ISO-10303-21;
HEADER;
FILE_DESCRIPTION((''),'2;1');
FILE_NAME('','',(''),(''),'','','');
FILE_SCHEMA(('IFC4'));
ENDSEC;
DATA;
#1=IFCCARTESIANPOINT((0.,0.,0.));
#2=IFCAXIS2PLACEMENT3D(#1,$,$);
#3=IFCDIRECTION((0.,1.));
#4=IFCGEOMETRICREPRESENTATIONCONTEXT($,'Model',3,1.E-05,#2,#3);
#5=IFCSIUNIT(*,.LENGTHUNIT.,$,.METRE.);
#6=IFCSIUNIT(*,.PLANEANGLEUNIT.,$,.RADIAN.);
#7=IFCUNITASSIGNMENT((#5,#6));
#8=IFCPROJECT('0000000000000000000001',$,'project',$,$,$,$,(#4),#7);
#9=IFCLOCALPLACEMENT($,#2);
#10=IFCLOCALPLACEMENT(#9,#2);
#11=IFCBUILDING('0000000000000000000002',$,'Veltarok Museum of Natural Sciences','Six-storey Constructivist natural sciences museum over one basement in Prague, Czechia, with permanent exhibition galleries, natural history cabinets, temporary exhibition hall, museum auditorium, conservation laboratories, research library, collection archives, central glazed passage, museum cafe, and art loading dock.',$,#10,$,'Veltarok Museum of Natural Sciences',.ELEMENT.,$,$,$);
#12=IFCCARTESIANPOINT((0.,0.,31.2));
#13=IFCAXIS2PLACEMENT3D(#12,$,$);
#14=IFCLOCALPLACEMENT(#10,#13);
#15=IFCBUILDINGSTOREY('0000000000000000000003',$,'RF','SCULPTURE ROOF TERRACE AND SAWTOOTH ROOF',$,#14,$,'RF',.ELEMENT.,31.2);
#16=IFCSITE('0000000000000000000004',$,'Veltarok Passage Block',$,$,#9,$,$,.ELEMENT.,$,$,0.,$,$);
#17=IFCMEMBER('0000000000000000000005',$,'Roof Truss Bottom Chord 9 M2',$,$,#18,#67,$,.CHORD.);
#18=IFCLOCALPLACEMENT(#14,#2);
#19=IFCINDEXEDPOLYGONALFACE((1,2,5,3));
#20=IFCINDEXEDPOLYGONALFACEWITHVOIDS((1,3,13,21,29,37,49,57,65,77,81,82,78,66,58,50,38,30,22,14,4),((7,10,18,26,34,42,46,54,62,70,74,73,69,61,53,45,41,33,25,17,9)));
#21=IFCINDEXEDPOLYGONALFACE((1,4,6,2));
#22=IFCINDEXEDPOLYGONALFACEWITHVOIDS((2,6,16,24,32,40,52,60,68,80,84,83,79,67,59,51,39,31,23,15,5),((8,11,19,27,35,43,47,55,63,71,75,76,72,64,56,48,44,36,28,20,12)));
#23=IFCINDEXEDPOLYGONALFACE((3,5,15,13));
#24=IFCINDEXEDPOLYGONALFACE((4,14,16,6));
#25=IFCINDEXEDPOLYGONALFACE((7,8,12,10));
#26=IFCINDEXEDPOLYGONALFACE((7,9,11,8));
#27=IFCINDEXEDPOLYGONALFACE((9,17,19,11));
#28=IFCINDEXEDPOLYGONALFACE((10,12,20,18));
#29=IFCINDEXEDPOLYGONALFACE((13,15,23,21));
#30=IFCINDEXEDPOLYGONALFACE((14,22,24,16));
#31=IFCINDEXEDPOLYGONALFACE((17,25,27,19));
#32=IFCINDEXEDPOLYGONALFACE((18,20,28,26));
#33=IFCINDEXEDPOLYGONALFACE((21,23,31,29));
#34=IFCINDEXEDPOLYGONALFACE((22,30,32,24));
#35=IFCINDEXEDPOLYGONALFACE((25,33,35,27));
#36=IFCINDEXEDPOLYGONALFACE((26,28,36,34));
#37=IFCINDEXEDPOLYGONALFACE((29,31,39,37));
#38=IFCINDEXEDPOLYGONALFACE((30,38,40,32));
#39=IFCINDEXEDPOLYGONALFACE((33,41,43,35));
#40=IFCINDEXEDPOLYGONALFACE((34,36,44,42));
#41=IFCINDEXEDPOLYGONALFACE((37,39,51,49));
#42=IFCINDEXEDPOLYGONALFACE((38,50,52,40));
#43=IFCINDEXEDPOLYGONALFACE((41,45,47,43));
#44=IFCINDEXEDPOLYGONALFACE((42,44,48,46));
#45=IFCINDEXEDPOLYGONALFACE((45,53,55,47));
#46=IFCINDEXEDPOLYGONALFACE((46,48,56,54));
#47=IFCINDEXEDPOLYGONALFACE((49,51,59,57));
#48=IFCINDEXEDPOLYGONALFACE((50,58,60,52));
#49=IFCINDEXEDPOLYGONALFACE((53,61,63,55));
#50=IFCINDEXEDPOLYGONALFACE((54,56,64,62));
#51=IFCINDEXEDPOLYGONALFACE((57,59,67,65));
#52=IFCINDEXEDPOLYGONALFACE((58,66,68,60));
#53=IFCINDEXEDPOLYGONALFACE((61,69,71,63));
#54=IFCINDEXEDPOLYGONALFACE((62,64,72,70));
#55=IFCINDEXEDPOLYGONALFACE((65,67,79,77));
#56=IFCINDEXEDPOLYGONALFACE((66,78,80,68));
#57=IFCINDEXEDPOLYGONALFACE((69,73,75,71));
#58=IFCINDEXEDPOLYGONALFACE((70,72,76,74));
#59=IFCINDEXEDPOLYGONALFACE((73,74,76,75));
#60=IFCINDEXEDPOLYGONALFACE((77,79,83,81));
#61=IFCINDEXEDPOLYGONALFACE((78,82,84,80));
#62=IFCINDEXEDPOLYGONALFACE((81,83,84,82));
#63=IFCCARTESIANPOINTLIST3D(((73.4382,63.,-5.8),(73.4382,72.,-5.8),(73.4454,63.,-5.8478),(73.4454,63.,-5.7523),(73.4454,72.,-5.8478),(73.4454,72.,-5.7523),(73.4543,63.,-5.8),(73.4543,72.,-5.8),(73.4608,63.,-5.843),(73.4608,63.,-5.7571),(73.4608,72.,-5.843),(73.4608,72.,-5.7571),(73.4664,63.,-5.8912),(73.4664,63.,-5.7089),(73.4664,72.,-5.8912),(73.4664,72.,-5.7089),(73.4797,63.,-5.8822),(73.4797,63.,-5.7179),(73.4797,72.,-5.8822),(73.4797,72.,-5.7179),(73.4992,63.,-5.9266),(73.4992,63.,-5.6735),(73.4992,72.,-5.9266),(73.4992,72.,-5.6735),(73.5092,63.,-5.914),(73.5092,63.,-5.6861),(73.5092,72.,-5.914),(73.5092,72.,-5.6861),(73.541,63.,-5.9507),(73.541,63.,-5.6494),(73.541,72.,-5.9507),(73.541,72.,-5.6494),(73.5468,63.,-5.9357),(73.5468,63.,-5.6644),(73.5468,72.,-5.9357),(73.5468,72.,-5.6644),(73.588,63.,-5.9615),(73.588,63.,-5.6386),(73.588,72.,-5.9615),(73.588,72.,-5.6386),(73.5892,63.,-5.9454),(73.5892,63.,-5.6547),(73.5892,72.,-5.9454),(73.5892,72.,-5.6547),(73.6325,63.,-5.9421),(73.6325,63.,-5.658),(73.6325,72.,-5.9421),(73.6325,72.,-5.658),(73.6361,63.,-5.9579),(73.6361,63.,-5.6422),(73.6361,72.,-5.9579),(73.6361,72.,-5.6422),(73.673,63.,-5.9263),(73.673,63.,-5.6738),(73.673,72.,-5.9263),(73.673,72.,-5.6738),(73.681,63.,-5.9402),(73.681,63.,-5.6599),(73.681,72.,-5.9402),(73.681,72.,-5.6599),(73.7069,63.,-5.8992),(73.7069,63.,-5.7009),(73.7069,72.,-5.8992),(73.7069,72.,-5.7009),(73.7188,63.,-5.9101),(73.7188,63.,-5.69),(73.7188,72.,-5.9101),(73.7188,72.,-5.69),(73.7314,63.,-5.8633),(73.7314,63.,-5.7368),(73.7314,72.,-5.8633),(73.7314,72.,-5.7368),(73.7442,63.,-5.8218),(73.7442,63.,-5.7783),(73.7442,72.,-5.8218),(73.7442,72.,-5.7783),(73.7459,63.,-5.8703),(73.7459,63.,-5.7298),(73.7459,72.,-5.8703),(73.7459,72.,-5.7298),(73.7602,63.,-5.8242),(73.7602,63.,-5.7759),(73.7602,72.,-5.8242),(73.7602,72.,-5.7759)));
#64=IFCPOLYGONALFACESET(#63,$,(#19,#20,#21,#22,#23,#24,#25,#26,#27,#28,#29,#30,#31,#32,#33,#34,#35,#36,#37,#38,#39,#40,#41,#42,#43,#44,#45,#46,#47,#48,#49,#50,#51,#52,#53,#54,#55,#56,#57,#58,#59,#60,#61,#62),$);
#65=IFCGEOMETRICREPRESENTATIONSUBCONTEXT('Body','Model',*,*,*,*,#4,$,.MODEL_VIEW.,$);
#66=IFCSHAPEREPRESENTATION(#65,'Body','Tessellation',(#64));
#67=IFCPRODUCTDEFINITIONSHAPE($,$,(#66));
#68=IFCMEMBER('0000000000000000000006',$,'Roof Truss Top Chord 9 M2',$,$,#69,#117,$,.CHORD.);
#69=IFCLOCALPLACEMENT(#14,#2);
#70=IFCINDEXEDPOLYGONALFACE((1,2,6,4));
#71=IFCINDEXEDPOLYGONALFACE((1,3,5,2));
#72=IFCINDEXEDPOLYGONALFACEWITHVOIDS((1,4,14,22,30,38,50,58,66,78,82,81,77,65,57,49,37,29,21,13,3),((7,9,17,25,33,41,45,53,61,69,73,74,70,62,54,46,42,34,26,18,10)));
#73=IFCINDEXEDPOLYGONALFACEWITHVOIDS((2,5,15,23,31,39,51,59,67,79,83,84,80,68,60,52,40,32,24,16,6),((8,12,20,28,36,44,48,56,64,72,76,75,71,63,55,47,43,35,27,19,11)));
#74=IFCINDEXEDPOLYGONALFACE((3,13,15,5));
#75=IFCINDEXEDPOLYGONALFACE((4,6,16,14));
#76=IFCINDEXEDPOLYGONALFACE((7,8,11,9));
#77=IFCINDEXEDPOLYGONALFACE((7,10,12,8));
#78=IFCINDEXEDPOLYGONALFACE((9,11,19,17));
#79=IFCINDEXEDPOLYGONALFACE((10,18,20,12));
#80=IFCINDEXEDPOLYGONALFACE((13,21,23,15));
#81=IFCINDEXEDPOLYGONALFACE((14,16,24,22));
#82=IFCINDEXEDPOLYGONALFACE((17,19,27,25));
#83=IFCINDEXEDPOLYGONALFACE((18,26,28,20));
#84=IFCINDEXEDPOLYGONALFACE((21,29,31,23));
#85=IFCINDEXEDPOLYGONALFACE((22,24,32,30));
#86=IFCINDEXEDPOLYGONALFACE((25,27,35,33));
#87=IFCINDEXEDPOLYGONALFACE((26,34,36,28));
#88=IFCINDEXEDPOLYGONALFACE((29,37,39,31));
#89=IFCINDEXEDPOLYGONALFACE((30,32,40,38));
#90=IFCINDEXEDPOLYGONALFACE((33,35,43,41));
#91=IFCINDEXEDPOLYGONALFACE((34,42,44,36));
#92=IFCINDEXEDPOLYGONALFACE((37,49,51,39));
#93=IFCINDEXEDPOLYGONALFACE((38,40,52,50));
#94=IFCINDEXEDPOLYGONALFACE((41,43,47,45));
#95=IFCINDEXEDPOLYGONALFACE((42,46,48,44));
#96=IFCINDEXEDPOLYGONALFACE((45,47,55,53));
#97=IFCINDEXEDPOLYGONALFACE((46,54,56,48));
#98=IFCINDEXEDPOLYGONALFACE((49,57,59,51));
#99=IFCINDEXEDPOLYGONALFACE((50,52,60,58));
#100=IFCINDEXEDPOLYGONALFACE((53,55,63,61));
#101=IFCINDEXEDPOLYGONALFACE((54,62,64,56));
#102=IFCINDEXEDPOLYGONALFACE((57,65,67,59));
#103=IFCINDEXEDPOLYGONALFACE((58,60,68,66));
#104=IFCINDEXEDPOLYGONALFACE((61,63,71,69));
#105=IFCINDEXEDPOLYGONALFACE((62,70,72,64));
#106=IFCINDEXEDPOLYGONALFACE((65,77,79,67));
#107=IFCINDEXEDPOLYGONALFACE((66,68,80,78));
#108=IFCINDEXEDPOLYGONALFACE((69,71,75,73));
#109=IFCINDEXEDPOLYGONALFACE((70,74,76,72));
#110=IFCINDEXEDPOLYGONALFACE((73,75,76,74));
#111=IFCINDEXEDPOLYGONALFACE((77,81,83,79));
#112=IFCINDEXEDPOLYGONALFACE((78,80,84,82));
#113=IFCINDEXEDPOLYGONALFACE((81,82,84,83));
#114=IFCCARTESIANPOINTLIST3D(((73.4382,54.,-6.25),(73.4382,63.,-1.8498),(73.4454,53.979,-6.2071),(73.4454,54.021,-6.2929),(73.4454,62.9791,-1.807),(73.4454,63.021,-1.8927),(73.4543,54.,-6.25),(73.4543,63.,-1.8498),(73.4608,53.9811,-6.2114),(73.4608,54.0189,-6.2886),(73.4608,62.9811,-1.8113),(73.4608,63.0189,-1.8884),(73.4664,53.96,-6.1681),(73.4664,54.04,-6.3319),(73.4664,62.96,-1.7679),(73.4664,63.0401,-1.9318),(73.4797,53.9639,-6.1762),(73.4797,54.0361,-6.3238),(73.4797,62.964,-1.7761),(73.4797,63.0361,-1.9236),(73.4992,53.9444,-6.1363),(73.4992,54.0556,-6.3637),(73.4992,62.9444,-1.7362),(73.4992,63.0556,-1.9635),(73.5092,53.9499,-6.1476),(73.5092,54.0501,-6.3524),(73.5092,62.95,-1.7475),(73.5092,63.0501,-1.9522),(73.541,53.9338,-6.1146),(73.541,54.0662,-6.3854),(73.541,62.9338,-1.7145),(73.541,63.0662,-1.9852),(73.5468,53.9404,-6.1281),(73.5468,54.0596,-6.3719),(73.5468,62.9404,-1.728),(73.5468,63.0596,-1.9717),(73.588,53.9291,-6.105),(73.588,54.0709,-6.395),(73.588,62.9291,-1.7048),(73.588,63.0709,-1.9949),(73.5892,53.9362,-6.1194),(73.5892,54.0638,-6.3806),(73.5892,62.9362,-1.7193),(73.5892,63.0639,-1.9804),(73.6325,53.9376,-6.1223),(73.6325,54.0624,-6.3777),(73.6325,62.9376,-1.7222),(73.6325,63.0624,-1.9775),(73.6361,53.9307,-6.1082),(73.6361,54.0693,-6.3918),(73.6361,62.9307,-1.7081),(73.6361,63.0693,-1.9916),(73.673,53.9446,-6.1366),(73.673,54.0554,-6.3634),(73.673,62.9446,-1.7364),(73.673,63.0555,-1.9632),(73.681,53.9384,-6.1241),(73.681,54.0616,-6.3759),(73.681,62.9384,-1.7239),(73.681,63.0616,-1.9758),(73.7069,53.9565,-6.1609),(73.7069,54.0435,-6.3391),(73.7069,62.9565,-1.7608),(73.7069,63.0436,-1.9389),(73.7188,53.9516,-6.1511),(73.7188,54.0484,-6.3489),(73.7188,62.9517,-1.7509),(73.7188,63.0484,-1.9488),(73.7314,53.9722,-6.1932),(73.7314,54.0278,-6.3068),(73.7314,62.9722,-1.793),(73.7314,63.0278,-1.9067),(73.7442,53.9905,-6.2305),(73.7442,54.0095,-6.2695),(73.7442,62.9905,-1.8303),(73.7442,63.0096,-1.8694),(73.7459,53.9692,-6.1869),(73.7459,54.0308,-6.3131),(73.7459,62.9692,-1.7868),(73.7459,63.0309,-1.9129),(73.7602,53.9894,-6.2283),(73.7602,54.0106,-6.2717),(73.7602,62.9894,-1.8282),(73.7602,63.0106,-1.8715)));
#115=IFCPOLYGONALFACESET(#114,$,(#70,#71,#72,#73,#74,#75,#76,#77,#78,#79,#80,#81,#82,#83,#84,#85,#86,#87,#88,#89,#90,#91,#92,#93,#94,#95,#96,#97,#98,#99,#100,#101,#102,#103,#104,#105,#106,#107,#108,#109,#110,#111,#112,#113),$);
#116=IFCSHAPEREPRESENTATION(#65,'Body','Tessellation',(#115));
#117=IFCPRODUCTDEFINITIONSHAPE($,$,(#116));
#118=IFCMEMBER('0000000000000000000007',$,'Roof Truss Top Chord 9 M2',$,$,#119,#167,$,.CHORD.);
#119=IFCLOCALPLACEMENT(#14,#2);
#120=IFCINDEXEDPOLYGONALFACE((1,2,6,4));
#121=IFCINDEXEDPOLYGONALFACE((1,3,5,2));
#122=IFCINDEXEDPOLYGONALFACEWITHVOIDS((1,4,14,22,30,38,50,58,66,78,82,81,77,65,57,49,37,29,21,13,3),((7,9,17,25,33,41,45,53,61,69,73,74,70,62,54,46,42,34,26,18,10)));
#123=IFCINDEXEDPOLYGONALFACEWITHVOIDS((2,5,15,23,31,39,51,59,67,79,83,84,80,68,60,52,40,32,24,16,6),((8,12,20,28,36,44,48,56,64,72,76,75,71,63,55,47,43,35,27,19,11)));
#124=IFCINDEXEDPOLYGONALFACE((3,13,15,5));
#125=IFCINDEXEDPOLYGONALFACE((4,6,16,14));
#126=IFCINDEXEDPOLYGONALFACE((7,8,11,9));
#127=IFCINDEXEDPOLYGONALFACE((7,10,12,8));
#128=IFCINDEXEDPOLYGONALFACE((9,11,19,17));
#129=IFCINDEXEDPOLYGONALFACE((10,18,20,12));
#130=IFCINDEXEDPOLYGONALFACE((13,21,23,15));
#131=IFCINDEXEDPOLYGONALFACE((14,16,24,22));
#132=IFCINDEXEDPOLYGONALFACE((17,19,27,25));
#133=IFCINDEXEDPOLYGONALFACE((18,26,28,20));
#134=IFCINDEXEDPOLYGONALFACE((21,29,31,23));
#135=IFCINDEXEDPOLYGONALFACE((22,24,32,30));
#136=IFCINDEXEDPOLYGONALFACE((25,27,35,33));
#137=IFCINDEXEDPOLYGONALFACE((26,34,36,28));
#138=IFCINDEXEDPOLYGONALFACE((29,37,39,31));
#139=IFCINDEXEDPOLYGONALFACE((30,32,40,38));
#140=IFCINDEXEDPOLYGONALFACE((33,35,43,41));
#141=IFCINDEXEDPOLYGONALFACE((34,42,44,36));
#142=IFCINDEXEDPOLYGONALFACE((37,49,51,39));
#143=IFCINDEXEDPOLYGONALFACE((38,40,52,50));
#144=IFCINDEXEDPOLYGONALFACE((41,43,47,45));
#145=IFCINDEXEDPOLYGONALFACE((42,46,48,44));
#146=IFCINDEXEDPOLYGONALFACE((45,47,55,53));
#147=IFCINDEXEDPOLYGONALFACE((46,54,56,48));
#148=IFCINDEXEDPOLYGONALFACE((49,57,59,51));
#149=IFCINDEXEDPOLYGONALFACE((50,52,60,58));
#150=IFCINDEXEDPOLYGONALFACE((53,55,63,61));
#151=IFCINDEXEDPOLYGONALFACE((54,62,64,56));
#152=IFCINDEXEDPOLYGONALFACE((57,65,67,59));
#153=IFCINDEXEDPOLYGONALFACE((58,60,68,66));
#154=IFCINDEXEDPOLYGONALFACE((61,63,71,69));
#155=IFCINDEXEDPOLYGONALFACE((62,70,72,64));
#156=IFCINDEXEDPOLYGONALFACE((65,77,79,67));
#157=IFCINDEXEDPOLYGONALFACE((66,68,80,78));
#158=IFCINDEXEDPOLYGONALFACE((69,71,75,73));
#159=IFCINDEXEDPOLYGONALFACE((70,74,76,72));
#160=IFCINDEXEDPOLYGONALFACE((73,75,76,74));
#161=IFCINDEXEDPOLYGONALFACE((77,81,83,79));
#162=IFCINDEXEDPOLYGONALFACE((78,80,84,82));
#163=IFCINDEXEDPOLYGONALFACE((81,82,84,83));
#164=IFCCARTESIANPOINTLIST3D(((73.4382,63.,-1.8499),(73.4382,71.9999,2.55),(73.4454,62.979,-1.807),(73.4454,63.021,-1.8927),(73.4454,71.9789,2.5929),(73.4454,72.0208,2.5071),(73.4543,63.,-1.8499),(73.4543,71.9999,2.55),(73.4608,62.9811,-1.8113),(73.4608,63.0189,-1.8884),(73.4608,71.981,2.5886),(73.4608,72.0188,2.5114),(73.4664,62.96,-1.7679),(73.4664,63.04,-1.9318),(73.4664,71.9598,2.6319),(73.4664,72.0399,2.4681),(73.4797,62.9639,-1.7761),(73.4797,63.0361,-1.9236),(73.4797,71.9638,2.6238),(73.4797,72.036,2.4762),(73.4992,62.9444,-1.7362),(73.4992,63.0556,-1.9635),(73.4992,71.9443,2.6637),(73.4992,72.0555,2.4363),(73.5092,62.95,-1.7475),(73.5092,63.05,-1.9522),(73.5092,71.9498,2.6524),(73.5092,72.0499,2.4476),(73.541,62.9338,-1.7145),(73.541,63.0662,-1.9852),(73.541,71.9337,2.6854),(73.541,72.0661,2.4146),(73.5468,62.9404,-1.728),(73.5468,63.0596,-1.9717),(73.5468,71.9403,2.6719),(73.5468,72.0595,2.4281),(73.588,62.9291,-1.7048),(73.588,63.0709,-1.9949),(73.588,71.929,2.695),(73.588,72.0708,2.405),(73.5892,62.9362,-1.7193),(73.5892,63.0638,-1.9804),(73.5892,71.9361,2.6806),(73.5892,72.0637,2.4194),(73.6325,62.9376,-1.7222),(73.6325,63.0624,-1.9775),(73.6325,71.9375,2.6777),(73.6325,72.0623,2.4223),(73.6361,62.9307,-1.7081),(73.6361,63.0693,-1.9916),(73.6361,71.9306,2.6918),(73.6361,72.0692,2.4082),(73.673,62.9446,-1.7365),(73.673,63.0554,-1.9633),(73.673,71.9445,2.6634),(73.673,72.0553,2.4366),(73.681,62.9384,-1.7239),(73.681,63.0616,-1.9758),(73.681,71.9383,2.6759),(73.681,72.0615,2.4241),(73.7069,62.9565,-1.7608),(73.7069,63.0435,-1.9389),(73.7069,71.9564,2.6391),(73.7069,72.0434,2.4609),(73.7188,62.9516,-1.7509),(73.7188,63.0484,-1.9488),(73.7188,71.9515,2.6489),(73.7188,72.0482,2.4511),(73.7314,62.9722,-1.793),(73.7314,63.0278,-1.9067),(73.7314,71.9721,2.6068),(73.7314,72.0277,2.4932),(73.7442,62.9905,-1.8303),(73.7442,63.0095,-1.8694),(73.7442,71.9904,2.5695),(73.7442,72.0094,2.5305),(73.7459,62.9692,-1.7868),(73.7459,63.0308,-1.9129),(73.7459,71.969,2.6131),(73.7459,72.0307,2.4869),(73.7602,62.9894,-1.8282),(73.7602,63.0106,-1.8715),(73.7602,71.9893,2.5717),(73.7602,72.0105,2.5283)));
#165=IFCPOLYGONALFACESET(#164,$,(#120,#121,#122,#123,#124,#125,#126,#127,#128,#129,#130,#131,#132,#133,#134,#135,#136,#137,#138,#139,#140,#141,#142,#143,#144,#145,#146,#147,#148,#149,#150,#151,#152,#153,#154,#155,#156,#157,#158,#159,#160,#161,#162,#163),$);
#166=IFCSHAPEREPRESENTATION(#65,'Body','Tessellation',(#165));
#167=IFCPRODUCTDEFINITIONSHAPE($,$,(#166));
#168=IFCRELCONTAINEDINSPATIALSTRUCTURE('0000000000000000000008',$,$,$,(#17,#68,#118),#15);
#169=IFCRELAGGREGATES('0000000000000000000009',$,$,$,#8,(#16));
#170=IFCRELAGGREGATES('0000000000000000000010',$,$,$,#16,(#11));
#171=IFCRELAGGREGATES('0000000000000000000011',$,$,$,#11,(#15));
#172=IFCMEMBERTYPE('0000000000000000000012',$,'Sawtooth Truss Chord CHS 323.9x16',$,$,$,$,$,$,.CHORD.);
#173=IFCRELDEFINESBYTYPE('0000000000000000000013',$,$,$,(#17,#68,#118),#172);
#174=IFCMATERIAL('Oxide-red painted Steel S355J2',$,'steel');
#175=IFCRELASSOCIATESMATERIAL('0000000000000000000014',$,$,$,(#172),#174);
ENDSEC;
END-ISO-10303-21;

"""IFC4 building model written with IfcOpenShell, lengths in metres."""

from ifc_helpers import new_model, si_unit, direction, frame, origin, origin_2d, place, context, subcontext, project, spatial, hollow_circle, extrude, material, material_profile, profile_set, type_object, element, save


model = new_model("IFC4")

# Units and contexts
model_context = context("Model", 3, precision=1e-05, world=origin(), true_north=direction((0.0, 1.0)))
body_context = subcontext(model_context, "Body", "Model", "MODEL_VIEW")
ifc_project = project(units=[si_unit("LENGTHUNIT", "METRE"), si_unit("PLANEANGLEUNIT", "RADIAN")], contexts=[model_context])

# Site, building, storey
site_placement = place(None, origin())
site = spatial("IfcSite", under=ifc_project, at=site_placement, Name="Veltarok Passage Block", CompositionType="ELEMENT", RefElevation=0.0)
building_placement = place(site_placement, origin())
building = spatial("IfcBuilding", under=site, at=building_placement, Name="Veltarok Museum of Natural Sciences", Description="Six-storey Constructivist natural sciences museum over one basement in Prague, Czechia, with permanent exhibition galleries, natural history cabinets, temporary exhibition hall, museum auditorium, conservation laboratories, research library, collection archives, central glazed passage, museum cafe, and art loading dock.", LongName="Veltarok Museum of Natural Sciences", CompositionType="ELEMENT")
storey_placement = place(building_placement, frame((0.0, 0.0, 31.2)))
storey = spatial("IfcBuildingStorey", under=building, at=storey_placement, Name="RF", Description="SCULPTURE ROOF TERRACE AND SAWTOOTH ROOF", LongName="RF", CompositionType="ELEMENT", Elevation=31.2)

# Members
ifc_material_1 = material(Name="Oxide-red painted Steel S355J2", Category="steel")
ifc_material_profile_1 = material_profile(ifc_material_1, hollow_circle(Radius=0.1619, WallThickness=0.0161, at=origin_2d()), Name="CHS 323.9x16")
ifc_profile_set_1 = profile_set([ifc_material_profile_1], Name="Oxide-red painted Steel S355J2")
member_type_1 = type_object("IfcMemberType", Name="Sawtooth Truss Chord CHS 323.9x16", PredefinedType="CHORD", material=ifc_profile_set_1)
for number, where, z_axis, x_axis, name in (
    (1, (73.6001, 63.0, -5.8), (0.0, 1.0, 0.0), (-1.0, 0.0, 0.0), "Roof Truss Bottom Chord 9 M2"),
):
    element("IfcMember", number, at=place(storey_placement, frame(where, z_axis=z_axis, x_axis=x_axis)), inside=storey, type_object=member_type_1, Name=name, PredefinedType="CHORD", context=body_context, shape_type="SweptSolid", body=[
        extrude(hollow_circle(Radius=0.1619, WallThickness=0.0161, at=origin_2d()), origin(), (0.0, 0.0, 1.0), 9.0),
    ])
member_1_placement = place(storey_placement, frame((73.6001, 54.0, -6.25), z_axis=(0.0, 0.898379, 0.439222), x_axis=(-1.0, 0.0, 0.0)))
element("IfcMember", 2, at=member_1_placement, inside=storey, type_object=member_type_1, Name="Roof Truss Top Chord 9 M2", PredefinedType="CHORD", context=body_context, shape_type="SweptSolid", body=[
    extrude(hollow_circle(Radius=0.1619, WallThickness=0.0161, at=origin_2d()), origin(), (0.0, 0.0, 1.0), 10.0181),
])
member_2_placement = place(storey_placement, frame((73.6001, 63.0, -1.8499), z_axis=(0.0, 0.898388, 0.439202), x_axis=(-1.0, 0.0, 0.0)))
element("IfcMember", 3, at=member_2_placement, inside=storey, type_object=member_type_1, Name="Roof Truss Top Chord 9 M2", PredefinedType="CHORD", context=body_context, shape_type="SweptSolid", body=[
    extrude(hollow_circle(Radius=0.1619, WallThickness=0.0161, at=origin_2d()), origin(), (0.0, 0.0, 1.0), 10.0178),
])

save(model, "model.ifc")
